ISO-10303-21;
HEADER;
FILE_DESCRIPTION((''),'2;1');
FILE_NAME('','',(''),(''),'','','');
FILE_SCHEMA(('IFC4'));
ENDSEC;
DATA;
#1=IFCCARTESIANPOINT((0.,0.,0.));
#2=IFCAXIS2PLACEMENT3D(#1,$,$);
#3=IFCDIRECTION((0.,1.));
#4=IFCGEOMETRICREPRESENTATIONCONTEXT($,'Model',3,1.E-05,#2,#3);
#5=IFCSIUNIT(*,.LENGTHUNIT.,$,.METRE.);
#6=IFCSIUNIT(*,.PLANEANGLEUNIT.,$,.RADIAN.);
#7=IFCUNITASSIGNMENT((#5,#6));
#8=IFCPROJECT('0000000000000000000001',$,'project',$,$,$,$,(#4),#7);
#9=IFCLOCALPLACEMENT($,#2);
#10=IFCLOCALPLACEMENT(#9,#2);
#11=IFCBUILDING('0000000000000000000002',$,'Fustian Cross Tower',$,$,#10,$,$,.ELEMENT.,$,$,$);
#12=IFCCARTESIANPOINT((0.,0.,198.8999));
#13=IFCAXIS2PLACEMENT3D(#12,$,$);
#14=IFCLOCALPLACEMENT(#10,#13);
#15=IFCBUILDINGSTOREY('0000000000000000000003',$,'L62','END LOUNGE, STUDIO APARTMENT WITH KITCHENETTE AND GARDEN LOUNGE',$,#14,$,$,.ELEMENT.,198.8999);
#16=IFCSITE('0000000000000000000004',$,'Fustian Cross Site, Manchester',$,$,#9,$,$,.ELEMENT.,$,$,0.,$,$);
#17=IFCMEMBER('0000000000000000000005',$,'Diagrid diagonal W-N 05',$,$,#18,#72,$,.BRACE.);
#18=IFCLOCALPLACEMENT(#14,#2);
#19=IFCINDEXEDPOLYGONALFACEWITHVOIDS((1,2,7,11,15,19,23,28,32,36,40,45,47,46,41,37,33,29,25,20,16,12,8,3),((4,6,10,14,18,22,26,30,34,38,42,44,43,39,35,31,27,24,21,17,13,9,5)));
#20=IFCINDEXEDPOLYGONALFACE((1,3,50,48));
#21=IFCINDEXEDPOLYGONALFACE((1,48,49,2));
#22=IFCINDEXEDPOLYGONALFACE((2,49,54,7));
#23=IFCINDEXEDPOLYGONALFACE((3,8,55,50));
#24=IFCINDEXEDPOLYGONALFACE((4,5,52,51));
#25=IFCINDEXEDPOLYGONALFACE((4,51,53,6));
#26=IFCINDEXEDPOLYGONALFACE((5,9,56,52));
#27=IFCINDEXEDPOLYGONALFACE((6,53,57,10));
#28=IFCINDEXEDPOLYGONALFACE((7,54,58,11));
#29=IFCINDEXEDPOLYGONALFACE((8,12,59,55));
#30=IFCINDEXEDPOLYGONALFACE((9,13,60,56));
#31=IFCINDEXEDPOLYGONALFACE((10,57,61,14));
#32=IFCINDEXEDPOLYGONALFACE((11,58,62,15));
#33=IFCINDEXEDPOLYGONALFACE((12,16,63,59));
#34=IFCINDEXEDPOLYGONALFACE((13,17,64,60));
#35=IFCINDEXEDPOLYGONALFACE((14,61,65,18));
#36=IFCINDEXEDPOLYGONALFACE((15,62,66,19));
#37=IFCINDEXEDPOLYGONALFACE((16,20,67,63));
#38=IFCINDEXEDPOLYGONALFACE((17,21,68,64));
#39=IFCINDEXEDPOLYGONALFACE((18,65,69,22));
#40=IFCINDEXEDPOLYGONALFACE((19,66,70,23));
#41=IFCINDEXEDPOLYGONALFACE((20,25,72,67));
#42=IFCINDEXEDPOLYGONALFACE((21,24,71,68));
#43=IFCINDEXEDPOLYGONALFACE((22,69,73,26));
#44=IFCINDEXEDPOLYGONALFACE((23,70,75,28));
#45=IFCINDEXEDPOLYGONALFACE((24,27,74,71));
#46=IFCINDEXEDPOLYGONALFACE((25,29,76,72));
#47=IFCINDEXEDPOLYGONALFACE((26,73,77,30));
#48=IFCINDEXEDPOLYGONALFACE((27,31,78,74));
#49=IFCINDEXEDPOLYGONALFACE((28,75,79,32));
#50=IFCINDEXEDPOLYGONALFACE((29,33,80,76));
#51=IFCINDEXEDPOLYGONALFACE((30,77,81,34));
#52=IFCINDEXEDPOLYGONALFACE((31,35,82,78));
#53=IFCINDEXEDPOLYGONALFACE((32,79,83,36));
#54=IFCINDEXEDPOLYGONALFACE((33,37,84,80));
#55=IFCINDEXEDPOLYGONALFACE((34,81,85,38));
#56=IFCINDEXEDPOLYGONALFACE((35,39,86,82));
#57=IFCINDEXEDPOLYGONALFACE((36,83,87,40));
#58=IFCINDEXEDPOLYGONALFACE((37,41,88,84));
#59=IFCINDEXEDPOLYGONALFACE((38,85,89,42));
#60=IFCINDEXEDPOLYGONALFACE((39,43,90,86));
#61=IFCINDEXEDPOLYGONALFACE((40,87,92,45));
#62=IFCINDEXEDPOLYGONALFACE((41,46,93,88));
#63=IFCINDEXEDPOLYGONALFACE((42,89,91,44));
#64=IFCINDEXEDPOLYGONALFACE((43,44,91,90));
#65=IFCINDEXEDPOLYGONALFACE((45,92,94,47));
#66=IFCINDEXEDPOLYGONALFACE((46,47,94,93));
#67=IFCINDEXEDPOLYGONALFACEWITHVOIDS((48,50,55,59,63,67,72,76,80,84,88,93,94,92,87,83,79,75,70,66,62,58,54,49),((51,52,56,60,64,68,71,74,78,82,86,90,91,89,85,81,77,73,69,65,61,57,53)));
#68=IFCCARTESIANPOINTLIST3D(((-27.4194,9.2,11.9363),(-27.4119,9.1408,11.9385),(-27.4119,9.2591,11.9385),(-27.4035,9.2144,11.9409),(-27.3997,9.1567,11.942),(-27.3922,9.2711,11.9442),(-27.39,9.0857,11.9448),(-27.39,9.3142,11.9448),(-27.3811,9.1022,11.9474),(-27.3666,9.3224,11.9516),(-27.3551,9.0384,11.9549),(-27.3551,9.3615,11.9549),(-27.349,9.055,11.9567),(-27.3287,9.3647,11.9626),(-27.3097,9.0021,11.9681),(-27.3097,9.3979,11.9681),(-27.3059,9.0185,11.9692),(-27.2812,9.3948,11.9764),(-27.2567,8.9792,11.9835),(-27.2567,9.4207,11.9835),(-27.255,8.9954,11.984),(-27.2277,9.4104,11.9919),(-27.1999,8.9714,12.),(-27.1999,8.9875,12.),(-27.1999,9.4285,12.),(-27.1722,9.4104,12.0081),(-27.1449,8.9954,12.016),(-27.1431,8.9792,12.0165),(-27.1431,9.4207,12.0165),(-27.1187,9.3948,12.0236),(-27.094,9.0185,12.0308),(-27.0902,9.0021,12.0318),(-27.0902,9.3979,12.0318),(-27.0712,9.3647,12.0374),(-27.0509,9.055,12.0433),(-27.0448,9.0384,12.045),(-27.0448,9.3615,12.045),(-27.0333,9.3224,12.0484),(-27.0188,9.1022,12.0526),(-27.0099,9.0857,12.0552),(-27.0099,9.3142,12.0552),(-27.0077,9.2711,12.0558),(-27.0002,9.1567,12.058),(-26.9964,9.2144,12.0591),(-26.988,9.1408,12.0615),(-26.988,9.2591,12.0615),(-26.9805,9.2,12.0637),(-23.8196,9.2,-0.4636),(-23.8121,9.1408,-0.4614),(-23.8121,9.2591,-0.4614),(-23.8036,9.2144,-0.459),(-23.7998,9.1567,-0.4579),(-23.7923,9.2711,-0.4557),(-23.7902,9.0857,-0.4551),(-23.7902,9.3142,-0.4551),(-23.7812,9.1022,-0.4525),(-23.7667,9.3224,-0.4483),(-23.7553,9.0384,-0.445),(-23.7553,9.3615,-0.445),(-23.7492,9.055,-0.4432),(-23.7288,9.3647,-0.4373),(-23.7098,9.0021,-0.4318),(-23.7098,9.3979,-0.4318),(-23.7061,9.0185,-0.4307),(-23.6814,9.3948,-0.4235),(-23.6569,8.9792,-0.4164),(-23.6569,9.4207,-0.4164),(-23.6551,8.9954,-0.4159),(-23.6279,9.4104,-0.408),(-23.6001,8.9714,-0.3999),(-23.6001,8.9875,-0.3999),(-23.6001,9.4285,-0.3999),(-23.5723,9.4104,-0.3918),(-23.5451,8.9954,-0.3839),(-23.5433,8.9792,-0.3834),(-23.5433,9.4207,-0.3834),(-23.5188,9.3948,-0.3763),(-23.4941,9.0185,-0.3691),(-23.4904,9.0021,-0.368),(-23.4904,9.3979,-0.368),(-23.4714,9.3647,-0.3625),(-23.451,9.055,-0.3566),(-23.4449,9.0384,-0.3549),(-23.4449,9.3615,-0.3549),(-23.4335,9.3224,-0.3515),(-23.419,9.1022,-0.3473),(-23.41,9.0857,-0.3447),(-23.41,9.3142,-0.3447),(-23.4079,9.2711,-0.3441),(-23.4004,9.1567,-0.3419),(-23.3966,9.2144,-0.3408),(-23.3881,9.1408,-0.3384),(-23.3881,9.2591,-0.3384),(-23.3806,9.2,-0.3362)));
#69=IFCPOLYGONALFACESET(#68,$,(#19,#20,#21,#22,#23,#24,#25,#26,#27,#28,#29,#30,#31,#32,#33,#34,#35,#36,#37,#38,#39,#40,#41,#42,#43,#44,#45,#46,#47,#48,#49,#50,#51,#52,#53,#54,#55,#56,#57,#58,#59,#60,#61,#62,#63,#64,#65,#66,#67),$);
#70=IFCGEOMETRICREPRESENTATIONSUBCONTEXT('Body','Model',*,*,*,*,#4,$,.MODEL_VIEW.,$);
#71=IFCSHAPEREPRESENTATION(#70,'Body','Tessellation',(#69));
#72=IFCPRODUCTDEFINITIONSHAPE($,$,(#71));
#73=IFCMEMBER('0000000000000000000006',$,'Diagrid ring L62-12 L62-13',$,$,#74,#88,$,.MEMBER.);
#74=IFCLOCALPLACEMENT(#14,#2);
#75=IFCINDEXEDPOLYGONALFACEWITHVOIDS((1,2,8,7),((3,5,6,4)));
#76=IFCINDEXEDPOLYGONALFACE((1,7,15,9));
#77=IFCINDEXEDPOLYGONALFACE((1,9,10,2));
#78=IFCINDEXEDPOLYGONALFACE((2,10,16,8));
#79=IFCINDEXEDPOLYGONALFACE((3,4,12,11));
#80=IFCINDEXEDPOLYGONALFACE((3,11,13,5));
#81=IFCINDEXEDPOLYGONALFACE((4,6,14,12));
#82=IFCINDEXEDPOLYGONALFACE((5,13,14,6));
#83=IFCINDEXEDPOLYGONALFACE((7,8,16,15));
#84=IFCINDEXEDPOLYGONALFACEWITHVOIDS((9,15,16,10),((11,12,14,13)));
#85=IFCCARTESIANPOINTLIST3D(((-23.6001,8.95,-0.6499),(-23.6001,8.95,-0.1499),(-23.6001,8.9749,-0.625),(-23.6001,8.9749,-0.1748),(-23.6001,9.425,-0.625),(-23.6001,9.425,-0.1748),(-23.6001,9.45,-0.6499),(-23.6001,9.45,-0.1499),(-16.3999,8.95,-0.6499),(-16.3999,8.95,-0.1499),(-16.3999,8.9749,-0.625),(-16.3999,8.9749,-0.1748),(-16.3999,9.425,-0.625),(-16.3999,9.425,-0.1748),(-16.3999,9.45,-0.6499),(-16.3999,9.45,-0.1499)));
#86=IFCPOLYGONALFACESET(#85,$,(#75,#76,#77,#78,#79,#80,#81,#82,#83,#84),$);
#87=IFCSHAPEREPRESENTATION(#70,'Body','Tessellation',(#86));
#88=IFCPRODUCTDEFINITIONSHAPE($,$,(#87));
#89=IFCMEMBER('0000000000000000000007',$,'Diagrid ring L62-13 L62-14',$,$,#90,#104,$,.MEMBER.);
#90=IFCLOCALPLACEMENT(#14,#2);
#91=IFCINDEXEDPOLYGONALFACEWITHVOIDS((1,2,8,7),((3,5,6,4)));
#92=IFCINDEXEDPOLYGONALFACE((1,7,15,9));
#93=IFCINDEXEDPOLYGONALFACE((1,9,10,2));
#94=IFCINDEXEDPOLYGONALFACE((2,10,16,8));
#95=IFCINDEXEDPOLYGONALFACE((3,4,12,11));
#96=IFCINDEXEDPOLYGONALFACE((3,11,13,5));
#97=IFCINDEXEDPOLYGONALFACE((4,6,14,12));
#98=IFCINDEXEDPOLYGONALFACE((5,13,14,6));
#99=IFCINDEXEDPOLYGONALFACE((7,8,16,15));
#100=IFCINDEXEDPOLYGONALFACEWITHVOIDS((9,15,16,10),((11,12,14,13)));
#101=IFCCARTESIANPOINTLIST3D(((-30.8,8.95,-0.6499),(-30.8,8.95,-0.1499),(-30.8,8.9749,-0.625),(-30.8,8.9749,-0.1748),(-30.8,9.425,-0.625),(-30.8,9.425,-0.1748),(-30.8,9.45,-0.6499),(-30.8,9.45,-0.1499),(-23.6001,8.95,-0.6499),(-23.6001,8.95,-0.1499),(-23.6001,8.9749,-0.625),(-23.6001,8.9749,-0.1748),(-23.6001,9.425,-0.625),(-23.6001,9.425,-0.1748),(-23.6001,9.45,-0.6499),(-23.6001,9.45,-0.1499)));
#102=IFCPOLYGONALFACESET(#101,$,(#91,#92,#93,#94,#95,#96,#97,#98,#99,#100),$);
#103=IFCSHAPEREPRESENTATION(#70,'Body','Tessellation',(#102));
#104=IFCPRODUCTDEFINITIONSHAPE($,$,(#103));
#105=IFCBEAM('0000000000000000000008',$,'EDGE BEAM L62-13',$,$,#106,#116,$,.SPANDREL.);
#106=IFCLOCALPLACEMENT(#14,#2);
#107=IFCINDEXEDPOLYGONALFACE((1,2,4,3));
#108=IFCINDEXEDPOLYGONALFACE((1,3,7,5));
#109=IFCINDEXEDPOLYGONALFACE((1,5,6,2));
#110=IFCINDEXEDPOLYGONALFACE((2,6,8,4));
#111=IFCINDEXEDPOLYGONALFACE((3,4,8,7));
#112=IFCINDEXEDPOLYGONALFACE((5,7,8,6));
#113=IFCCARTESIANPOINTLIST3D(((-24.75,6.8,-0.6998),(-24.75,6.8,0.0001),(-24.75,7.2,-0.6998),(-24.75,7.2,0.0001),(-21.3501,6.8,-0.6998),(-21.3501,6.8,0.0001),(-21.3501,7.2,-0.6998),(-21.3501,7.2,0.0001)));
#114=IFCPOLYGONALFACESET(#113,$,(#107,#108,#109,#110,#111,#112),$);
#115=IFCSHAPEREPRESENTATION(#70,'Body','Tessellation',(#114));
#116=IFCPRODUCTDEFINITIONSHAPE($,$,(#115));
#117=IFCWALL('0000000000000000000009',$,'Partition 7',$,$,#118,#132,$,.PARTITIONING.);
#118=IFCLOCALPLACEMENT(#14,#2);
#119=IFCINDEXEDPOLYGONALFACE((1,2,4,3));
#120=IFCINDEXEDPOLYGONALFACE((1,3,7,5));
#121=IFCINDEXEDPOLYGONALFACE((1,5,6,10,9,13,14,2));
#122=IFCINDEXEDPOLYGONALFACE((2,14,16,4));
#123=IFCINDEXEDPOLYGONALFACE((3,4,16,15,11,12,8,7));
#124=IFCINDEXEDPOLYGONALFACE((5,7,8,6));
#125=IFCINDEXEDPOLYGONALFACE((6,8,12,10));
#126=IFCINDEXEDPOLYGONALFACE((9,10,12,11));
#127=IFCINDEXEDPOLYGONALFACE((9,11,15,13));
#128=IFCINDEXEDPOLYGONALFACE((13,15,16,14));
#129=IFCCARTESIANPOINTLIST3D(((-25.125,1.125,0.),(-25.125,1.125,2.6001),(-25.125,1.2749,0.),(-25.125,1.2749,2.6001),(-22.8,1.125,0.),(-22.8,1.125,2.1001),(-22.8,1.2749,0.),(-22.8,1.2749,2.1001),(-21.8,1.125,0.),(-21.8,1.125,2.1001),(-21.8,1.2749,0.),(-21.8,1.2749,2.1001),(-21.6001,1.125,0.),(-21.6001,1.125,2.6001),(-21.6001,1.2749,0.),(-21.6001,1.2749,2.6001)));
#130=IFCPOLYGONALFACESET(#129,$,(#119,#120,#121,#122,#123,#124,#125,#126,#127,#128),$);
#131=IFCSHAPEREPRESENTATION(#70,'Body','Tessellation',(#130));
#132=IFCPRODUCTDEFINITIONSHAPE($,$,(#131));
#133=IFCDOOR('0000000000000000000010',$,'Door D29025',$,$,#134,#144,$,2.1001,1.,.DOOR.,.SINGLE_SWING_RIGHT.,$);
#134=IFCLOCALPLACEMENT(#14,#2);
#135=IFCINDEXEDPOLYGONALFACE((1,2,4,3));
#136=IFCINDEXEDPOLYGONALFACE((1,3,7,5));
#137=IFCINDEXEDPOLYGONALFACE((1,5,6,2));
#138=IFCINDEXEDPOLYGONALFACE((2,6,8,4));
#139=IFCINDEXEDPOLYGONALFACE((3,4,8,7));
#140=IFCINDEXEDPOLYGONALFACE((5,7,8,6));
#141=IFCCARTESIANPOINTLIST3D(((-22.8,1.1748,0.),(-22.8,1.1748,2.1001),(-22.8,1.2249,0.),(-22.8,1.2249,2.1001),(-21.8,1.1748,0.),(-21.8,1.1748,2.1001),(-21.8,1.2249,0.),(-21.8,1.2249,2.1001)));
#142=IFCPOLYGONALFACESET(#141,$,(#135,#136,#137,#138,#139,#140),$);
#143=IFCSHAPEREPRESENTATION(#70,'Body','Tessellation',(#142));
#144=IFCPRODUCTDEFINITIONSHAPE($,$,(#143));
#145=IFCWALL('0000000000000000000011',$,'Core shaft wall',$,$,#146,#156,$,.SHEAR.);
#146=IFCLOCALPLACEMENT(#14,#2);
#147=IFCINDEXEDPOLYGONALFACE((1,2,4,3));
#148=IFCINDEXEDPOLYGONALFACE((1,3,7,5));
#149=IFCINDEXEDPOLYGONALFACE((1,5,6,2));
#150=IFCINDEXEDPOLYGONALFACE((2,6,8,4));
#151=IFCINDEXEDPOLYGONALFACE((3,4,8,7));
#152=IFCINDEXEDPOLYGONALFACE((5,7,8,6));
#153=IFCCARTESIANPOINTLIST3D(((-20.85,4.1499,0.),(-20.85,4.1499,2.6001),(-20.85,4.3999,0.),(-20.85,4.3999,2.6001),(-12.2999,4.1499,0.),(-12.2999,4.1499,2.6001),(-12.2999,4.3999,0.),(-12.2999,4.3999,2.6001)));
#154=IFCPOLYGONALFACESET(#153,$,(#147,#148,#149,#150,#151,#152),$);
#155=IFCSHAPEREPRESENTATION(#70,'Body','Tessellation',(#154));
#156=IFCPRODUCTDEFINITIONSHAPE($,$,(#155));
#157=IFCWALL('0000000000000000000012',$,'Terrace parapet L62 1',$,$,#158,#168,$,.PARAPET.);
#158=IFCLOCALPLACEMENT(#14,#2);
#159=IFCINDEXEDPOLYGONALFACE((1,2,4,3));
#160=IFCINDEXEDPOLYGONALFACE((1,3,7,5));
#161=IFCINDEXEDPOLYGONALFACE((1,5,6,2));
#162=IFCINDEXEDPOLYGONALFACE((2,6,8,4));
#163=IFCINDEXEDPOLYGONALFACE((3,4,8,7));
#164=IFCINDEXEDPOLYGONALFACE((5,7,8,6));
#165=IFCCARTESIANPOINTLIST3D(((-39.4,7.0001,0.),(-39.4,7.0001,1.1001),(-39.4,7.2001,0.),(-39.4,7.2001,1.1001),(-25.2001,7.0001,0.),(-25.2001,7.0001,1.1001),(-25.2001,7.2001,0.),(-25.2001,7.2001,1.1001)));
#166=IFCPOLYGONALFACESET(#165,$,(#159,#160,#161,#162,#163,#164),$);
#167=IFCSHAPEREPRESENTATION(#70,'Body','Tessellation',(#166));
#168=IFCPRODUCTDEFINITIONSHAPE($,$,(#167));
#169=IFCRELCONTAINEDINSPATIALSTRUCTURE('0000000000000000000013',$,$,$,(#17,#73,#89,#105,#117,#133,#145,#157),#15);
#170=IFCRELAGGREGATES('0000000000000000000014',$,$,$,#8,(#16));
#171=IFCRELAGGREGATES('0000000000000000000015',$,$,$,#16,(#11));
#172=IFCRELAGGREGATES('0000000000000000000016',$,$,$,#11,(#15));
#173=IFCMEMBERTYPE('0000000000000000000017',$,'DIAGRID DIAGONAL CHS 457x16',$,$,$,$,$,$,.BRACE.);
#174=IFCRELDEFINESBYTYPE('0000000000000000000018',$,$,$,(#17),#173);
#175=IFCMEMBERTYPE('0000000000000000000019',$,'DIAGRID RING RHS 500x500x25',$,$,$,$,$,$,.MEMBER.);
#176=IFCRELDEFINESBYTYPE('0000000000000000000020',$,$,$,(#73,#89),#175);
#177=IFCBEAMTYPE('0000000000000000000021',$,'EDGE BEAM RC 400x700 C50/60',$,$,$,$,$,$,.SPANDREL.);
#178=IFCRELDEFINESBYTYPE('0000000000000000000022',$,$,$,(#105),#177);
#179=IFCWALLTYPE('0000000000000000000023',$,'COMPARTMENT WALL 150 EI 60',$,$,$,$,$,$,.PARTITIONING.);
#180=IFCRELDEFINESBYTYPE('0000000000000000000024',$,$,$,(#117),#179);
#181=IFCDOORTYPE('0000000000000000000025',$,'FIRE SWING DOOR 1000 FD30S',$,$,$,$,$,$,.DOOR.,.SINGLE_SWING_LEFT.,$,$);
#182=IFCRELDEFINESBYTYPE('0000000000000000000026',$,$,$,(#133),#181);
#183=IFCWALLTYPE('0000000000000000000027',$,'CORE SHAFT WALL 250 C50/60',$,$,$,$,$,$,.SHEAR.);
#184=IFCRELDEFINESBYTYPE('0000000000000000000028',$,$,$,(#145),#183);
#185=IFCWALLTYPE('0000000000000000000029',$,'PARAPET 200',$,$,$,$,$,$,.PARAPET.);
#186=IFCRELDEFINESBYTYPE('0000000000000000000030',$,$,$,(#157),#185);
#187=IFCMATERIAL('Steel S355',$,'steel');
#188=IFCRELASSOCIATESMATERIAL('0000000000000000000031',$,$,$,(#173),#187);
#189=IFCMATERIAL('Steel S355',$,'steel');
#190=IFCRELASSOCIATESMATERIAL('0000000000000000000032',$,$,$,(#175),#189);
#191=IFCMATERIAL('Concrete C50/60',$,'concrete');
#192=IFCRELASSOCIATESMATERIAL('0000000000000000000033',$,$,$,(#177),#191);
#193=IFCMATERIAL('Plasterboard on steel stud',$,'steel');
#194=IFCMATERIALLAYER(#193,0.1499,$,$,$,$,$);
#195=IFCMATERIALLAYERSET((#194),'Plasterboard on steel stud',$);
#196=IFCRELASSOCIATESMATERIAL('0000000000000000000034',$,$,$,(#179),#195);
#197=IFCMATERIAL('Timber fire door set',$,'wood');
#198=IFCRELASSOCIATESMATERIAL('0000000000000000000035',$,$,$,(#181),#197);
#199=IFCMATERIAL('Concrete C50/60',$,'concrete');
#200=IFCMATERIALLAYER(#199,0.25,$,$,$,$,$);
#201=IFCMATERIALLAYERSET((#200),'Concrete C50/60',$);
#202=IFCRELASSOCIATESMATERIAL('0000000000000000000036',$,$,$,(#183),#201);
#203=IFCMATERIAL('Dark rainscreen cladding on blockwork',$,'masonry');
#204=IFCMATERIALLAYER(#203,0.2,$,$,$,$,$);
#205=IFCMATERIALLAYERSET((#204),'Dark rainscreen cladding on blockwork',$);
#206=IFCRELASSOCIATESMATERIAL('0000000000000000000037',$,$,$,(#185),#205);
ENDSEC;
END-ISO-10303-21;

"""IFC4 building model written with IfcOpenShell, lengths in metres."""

from ifc_helpers import new_model, si_unit, direction, frame, frame_2d, origin, origin_2d, place, context, subcontext, project, spatial, rectangle, hollow_rectangle, hollow_circle, extrude, material, layer, layer_set, material_profile, profile_set, type_object, element, fill, save


model = new_model("IFC4")

# Units and contexts
model_context = context("Model", 3, precision=1e-05, world=origin(), true_north=direction((0.0, 1.0)))
body_context = subcontext(model_context, "Body", "Model", "MODEL_VIEW")
ifc_project = project(units=[si_unit("LENGTHUNIT", "METRE"), si_unit("PLANEANGLEUNIT", "RADIAN")], contexts=[model_context])

# Site, building, storey
site_placement = place(None, origin())
site = spatial("IfcSite", under=ifc_project, at=site_placement, Name="Fustian Cross Site, Manchester", CompositionType="ELEMENT", RefElevation=0.0)
building_placement = place(site_placement, origin())
building = spatial("IfcBuilding", under=site, at=building_placement, Name="Fustian Cross Tower", CompositionType="ELEMENT")
storey_placement = place(building_placement, frame((0.0, 0.0, 198.8999)))
storey = spatial("IfcBuildingStorey", under=building, at=storey_placement, Name="L62", Description="END LOUNGE, STUDIO APARTMENT WITH KITCHENETTE AND GARDEN LOUNGE", CompositionType="ELEMENT", Elevation=198.8999)

# Members
ifc_material_1 = material(Name="Steel S355", Category="steel")
ifc_material_profile_1 = material_profile(ifc_material_1, hollow_circle(Radius=0.2285, WallThickness=0.0161, at=origin_2d()), Name="CHS 457x16")
ifc_profile_set_1 = profile_set([ifc_material_profile_1], Name="Steel S355")
member_type_1 = type_object("IfcMemberType", Name="DIAGRID DIAGONAL CHS 457x16", PredefinedType="BRACE", material=ifc_profile_set_1)
for number, where, z_axis, x_axis, name in (
    (1, (-23.6001, 9.2, -0.3999), (-0.278802, 0.0, 0.960349), (0.0, -1.0, 0.0), "Diagrid diagonal W-N 05"),
):
    element("IfcMember", number, at=place(storey_placement, frame(where, z_axis=z_axis, x_axis=x_axis)), inside=storey, type_object=member_type_1, Name=name, PredefinedType="BRACE", context=body_context, shape_type="SweptSolid", body=[
        extrude(hollow_circle(Radius=0.2285, WallThickness=0.0161, at=origin_2d()), origin(), (0.0, 0.0, 1.0), 12.9119),
    ])
ifc_material_2 = material(Name="Steel S355", Category="steel")
ifc_material_profile_2 = material_profile(ifc_material_2, hollow_rectangle(XDim=0.5, YDim=0.5, WallThickness=0.0249, at=origin_2d()), Name="RHS 500x500x25")
ifc_profile_set_2 = profile_set([ifc_material_profile_2], Name="Steel S355")
member_type_2 = type_object("IfcMemberType", Name="DIAGRID RING RHS 500x500x25", PredefinedType="MEMBER", material=ifc_profile_set_2)
member_1_placement = place(storey_placement, frame((-16.3999, 9.2, -0.3999), z_axis=(-1.0, 0.0, 0.0), x_axis=(0.0, -1.0, 0.0)))
element("IfcMember", 2, at=member_1_placement, inside=storey, type_object=member_type_2, Name="Diagrid ring L62-12 L62-13", PredefinedType="MEMBER", context=body_context, shape_type="SweptSolid", body=[
    extrude(hollow_rectangle(XDim=0.5, YDim=0.5, WallThickness=0.0249, at=origin_2d()), origin(), (0.0, 0.0, 1.0), 7.2002),
])
member_2_placement = place(storey_placement, frame((-23.6001, 9.2, -0.3999), z_axis=(-1.0, 0.0, 0.0), x_axis=(0.0, -1.0, 0.0)))
element("IfcMember", 3, at=member_2_placement, inside=storey, type_object=member_type_2, Name="Diagrid ring L62-13 L62-14", PredefinedType="MEMBER", context=body_context, shape_type="SweptSolid", body=[
    extrude(hollow_rectangle(XDim=0.5, YDim=0.5, WallThickness=0.0249, at=origin_2d()), origin(), (0.0, 0.0, 1.0), 7.2),
])

# Beam
ifc_material_3 = material(Name="Concrete C50/60", Category="concrete")
ifc_material_profile_3 = material_profile(ifc_material_3, rectangle(XDim=0.3999, YDim=0.7, at=origin_2d()), Name="RC 400x700")
ifc_profile_set_3 = profile_set([ifc_material_profile_3], Name="Concrete C50/60")
beam_type = type_object("IfcBeamType", Name="EDGE BEAM RC 400x700 C50/60", PredefinedType="SPANDREL", material=ifc_profile_set_3)
beam_placement = place(storey_placement, frame((-21.3501, 7.0, -0.3499), z_axis=(-1.0, 0.0, 0.0), x_axis=(0.0, -1.0, 0.0)))
element("IfcBeam", 4, at=beam_placement, inside=storey, type_object=beam_type, Name="EDGE BEAM L62-13", PredefinedType="SPANDREL", context=body_context, shape_type="SweptSolid", body=[
    extrude(rectangle(XDim=0.3999, YDim=0.7, at=origin_2d()), origin(), (0.0, 0.0, 1.0), 3.3999),
])

# Wall, opening, door
ifc_material_4 = material(Name="Plasterboard on steel stud", Category="steel")
ifc_layer_1 = layer(ifc_material_4, 0.1499)
ifc_layer_set_1 = layer_set([ifc_layer_1], Name="Plasterboard on steel stud")
wall_type_1 = type_object("IfcWallType", Name="COMPARTMENT WALL 150 EI 60", PredefinedType="PARTITIONING", material=ifc_layer_set_1)
wall_1_placement = place(storey_placement, frame((-25.125, 1.2, 0.0), z_axis=(0.0, 0.0, 1.0), x_axis=(1.0, 0.0, 0.0)))
wall_1 = element("IfcWall", 5, at=wall_1_placement, inside=storey, type_object=wall_type_1, Name="Partition 7", PredefinedType="PARTITIONING", context=body_context, shape_type="SweptSolid", body=[
    extrude(rectangle(XDim=3.5249, YDim=0.1499, at=frame_2d((1.7625, 0.0))), origin(), (0.0, 0.0, 1.0), 2.6001),
])
opening_1_placement = place(wall_1_placement, frame((2.325, 0.0, 0.0)))
opening_1 = element("IfcOpeningElement", 6, at=opening_1_placement, cuts=wall_1, PredefinedType="OPENING", context=body_context, shape_type="SweptSolid", body=[
    extrude(rectangle(XDim=1.0, YDim=2.1001, at=frame_2d((0.5, 1.05))), frame((0.0, 0.085, 0.0), z_axis=(0.0, -1.0, 0.0), x_axis=(1.0, 0.0, 0.0)), (0.0, 0.0, 1.0), 0.1699),
])
ifc_material_5 = material(Name="Timber fire door set", Category="wood")
door_type_1 = type_object("IfcDoorType", Name="FIRE SWING DOOR 1000 FD30S", OperationType="SINGLE_SWING_LEFT", PredefinedType="DOOR", material=ifc_material_5)
door_1_placement = place(opening_1_placement, origin())
door_1 = element("IfcDoor", 7, at=door_1_placement, inside=storey, type_object=door_type_1, Name="Door D29025", OperationType="SINGLE_SWING_RIGHT", OverallHeight=2.1001, OverallWidth=1.0, PredefinedType="DOOR", context=body_context, shape_type="SweptSolid", body=[
    extrude(rectangle(XDim=1.0, YDim=2.1001, at=frame_2d((0.5, 1.05))), frame((0.0, 0.0249, 0.0), z_axis=(0.0, -1.0, 0.0), x_axis=(1.0, 0.0, 0.0)), (0.0, 0.0, 1.0), 0.05),
])
fill(opening_1, door_1)

# Walls
ifc_material_6 = material(Name="Concrete C50/60", Category="concrete")
ifc_layer_2 = layer(ifc_material_6, 0.25)
ifc_layer_set_2 = layer_set([ifc_layer_2], Name="Concrete C50/60")
wall_type_2 = type_object("IfcWallType", Name="CORE SHAFT WALL 250 C50/60", PredefinedType="SHEAR", material=ifc_layer_set_2)
wall_2_placement = place(storey_placement, frame((-12.3, 4.2749, 0.0), z_axis=(0.0, 0.0, 1.0), x_axis=(-1.0, 0.0, 0.0)))
element("IfcWall", 8, at=wall_2_placement, inside=storey, type_object=wall_type_2, Name="Core shaft wall", PredefinedType="SHEAR", context=body_context, shape_type="SweptSolid", body=[
    extrude(rectangle(XDim=8.55, YDim=0.25, at=frame_2d((4.2749, 0.0))), origin(), (0.0, 0.0, 1.0), 2.6001),
])
ifc_material_7 = material(Name="Dark rainscreen cladding on blockwork", Category="masonry")
ifc_layer_3 = layer(ifc_material_7, 0.2)
ifc_layer_set_3 = layer_set([ifc_layer_3], Name="Dark rainscreen cladding on blockwork")
wall_type_3 = type_object("IfcWallType", Name="PARAPET 200", PredefinedType="PARAPET", material=ifc_layer_set_3)
wall_3_placement = place(storey_placement, frame((-25.2, 7.1001, 0.0), z_axis=(0.0, 0.0, 1.0), x_axis=(-1.0, 0.0, 0.0)))
element("IfcWall", 9, at=wall_3_placement, inside=storey, type_object=wall_type_3, Name="Terrace parapet L62 1", PredefinedType="PARAPET", context=body_context, shape_type="SweptSolid", body=[
    extrude(rectangle(XDim=14.2, YDim=0.2, at=frame_2d((7.1001, 0.0))), origin(), (0.0, 0.0, 1.0), 1.1001),
])

save(model, "model.ifc")
